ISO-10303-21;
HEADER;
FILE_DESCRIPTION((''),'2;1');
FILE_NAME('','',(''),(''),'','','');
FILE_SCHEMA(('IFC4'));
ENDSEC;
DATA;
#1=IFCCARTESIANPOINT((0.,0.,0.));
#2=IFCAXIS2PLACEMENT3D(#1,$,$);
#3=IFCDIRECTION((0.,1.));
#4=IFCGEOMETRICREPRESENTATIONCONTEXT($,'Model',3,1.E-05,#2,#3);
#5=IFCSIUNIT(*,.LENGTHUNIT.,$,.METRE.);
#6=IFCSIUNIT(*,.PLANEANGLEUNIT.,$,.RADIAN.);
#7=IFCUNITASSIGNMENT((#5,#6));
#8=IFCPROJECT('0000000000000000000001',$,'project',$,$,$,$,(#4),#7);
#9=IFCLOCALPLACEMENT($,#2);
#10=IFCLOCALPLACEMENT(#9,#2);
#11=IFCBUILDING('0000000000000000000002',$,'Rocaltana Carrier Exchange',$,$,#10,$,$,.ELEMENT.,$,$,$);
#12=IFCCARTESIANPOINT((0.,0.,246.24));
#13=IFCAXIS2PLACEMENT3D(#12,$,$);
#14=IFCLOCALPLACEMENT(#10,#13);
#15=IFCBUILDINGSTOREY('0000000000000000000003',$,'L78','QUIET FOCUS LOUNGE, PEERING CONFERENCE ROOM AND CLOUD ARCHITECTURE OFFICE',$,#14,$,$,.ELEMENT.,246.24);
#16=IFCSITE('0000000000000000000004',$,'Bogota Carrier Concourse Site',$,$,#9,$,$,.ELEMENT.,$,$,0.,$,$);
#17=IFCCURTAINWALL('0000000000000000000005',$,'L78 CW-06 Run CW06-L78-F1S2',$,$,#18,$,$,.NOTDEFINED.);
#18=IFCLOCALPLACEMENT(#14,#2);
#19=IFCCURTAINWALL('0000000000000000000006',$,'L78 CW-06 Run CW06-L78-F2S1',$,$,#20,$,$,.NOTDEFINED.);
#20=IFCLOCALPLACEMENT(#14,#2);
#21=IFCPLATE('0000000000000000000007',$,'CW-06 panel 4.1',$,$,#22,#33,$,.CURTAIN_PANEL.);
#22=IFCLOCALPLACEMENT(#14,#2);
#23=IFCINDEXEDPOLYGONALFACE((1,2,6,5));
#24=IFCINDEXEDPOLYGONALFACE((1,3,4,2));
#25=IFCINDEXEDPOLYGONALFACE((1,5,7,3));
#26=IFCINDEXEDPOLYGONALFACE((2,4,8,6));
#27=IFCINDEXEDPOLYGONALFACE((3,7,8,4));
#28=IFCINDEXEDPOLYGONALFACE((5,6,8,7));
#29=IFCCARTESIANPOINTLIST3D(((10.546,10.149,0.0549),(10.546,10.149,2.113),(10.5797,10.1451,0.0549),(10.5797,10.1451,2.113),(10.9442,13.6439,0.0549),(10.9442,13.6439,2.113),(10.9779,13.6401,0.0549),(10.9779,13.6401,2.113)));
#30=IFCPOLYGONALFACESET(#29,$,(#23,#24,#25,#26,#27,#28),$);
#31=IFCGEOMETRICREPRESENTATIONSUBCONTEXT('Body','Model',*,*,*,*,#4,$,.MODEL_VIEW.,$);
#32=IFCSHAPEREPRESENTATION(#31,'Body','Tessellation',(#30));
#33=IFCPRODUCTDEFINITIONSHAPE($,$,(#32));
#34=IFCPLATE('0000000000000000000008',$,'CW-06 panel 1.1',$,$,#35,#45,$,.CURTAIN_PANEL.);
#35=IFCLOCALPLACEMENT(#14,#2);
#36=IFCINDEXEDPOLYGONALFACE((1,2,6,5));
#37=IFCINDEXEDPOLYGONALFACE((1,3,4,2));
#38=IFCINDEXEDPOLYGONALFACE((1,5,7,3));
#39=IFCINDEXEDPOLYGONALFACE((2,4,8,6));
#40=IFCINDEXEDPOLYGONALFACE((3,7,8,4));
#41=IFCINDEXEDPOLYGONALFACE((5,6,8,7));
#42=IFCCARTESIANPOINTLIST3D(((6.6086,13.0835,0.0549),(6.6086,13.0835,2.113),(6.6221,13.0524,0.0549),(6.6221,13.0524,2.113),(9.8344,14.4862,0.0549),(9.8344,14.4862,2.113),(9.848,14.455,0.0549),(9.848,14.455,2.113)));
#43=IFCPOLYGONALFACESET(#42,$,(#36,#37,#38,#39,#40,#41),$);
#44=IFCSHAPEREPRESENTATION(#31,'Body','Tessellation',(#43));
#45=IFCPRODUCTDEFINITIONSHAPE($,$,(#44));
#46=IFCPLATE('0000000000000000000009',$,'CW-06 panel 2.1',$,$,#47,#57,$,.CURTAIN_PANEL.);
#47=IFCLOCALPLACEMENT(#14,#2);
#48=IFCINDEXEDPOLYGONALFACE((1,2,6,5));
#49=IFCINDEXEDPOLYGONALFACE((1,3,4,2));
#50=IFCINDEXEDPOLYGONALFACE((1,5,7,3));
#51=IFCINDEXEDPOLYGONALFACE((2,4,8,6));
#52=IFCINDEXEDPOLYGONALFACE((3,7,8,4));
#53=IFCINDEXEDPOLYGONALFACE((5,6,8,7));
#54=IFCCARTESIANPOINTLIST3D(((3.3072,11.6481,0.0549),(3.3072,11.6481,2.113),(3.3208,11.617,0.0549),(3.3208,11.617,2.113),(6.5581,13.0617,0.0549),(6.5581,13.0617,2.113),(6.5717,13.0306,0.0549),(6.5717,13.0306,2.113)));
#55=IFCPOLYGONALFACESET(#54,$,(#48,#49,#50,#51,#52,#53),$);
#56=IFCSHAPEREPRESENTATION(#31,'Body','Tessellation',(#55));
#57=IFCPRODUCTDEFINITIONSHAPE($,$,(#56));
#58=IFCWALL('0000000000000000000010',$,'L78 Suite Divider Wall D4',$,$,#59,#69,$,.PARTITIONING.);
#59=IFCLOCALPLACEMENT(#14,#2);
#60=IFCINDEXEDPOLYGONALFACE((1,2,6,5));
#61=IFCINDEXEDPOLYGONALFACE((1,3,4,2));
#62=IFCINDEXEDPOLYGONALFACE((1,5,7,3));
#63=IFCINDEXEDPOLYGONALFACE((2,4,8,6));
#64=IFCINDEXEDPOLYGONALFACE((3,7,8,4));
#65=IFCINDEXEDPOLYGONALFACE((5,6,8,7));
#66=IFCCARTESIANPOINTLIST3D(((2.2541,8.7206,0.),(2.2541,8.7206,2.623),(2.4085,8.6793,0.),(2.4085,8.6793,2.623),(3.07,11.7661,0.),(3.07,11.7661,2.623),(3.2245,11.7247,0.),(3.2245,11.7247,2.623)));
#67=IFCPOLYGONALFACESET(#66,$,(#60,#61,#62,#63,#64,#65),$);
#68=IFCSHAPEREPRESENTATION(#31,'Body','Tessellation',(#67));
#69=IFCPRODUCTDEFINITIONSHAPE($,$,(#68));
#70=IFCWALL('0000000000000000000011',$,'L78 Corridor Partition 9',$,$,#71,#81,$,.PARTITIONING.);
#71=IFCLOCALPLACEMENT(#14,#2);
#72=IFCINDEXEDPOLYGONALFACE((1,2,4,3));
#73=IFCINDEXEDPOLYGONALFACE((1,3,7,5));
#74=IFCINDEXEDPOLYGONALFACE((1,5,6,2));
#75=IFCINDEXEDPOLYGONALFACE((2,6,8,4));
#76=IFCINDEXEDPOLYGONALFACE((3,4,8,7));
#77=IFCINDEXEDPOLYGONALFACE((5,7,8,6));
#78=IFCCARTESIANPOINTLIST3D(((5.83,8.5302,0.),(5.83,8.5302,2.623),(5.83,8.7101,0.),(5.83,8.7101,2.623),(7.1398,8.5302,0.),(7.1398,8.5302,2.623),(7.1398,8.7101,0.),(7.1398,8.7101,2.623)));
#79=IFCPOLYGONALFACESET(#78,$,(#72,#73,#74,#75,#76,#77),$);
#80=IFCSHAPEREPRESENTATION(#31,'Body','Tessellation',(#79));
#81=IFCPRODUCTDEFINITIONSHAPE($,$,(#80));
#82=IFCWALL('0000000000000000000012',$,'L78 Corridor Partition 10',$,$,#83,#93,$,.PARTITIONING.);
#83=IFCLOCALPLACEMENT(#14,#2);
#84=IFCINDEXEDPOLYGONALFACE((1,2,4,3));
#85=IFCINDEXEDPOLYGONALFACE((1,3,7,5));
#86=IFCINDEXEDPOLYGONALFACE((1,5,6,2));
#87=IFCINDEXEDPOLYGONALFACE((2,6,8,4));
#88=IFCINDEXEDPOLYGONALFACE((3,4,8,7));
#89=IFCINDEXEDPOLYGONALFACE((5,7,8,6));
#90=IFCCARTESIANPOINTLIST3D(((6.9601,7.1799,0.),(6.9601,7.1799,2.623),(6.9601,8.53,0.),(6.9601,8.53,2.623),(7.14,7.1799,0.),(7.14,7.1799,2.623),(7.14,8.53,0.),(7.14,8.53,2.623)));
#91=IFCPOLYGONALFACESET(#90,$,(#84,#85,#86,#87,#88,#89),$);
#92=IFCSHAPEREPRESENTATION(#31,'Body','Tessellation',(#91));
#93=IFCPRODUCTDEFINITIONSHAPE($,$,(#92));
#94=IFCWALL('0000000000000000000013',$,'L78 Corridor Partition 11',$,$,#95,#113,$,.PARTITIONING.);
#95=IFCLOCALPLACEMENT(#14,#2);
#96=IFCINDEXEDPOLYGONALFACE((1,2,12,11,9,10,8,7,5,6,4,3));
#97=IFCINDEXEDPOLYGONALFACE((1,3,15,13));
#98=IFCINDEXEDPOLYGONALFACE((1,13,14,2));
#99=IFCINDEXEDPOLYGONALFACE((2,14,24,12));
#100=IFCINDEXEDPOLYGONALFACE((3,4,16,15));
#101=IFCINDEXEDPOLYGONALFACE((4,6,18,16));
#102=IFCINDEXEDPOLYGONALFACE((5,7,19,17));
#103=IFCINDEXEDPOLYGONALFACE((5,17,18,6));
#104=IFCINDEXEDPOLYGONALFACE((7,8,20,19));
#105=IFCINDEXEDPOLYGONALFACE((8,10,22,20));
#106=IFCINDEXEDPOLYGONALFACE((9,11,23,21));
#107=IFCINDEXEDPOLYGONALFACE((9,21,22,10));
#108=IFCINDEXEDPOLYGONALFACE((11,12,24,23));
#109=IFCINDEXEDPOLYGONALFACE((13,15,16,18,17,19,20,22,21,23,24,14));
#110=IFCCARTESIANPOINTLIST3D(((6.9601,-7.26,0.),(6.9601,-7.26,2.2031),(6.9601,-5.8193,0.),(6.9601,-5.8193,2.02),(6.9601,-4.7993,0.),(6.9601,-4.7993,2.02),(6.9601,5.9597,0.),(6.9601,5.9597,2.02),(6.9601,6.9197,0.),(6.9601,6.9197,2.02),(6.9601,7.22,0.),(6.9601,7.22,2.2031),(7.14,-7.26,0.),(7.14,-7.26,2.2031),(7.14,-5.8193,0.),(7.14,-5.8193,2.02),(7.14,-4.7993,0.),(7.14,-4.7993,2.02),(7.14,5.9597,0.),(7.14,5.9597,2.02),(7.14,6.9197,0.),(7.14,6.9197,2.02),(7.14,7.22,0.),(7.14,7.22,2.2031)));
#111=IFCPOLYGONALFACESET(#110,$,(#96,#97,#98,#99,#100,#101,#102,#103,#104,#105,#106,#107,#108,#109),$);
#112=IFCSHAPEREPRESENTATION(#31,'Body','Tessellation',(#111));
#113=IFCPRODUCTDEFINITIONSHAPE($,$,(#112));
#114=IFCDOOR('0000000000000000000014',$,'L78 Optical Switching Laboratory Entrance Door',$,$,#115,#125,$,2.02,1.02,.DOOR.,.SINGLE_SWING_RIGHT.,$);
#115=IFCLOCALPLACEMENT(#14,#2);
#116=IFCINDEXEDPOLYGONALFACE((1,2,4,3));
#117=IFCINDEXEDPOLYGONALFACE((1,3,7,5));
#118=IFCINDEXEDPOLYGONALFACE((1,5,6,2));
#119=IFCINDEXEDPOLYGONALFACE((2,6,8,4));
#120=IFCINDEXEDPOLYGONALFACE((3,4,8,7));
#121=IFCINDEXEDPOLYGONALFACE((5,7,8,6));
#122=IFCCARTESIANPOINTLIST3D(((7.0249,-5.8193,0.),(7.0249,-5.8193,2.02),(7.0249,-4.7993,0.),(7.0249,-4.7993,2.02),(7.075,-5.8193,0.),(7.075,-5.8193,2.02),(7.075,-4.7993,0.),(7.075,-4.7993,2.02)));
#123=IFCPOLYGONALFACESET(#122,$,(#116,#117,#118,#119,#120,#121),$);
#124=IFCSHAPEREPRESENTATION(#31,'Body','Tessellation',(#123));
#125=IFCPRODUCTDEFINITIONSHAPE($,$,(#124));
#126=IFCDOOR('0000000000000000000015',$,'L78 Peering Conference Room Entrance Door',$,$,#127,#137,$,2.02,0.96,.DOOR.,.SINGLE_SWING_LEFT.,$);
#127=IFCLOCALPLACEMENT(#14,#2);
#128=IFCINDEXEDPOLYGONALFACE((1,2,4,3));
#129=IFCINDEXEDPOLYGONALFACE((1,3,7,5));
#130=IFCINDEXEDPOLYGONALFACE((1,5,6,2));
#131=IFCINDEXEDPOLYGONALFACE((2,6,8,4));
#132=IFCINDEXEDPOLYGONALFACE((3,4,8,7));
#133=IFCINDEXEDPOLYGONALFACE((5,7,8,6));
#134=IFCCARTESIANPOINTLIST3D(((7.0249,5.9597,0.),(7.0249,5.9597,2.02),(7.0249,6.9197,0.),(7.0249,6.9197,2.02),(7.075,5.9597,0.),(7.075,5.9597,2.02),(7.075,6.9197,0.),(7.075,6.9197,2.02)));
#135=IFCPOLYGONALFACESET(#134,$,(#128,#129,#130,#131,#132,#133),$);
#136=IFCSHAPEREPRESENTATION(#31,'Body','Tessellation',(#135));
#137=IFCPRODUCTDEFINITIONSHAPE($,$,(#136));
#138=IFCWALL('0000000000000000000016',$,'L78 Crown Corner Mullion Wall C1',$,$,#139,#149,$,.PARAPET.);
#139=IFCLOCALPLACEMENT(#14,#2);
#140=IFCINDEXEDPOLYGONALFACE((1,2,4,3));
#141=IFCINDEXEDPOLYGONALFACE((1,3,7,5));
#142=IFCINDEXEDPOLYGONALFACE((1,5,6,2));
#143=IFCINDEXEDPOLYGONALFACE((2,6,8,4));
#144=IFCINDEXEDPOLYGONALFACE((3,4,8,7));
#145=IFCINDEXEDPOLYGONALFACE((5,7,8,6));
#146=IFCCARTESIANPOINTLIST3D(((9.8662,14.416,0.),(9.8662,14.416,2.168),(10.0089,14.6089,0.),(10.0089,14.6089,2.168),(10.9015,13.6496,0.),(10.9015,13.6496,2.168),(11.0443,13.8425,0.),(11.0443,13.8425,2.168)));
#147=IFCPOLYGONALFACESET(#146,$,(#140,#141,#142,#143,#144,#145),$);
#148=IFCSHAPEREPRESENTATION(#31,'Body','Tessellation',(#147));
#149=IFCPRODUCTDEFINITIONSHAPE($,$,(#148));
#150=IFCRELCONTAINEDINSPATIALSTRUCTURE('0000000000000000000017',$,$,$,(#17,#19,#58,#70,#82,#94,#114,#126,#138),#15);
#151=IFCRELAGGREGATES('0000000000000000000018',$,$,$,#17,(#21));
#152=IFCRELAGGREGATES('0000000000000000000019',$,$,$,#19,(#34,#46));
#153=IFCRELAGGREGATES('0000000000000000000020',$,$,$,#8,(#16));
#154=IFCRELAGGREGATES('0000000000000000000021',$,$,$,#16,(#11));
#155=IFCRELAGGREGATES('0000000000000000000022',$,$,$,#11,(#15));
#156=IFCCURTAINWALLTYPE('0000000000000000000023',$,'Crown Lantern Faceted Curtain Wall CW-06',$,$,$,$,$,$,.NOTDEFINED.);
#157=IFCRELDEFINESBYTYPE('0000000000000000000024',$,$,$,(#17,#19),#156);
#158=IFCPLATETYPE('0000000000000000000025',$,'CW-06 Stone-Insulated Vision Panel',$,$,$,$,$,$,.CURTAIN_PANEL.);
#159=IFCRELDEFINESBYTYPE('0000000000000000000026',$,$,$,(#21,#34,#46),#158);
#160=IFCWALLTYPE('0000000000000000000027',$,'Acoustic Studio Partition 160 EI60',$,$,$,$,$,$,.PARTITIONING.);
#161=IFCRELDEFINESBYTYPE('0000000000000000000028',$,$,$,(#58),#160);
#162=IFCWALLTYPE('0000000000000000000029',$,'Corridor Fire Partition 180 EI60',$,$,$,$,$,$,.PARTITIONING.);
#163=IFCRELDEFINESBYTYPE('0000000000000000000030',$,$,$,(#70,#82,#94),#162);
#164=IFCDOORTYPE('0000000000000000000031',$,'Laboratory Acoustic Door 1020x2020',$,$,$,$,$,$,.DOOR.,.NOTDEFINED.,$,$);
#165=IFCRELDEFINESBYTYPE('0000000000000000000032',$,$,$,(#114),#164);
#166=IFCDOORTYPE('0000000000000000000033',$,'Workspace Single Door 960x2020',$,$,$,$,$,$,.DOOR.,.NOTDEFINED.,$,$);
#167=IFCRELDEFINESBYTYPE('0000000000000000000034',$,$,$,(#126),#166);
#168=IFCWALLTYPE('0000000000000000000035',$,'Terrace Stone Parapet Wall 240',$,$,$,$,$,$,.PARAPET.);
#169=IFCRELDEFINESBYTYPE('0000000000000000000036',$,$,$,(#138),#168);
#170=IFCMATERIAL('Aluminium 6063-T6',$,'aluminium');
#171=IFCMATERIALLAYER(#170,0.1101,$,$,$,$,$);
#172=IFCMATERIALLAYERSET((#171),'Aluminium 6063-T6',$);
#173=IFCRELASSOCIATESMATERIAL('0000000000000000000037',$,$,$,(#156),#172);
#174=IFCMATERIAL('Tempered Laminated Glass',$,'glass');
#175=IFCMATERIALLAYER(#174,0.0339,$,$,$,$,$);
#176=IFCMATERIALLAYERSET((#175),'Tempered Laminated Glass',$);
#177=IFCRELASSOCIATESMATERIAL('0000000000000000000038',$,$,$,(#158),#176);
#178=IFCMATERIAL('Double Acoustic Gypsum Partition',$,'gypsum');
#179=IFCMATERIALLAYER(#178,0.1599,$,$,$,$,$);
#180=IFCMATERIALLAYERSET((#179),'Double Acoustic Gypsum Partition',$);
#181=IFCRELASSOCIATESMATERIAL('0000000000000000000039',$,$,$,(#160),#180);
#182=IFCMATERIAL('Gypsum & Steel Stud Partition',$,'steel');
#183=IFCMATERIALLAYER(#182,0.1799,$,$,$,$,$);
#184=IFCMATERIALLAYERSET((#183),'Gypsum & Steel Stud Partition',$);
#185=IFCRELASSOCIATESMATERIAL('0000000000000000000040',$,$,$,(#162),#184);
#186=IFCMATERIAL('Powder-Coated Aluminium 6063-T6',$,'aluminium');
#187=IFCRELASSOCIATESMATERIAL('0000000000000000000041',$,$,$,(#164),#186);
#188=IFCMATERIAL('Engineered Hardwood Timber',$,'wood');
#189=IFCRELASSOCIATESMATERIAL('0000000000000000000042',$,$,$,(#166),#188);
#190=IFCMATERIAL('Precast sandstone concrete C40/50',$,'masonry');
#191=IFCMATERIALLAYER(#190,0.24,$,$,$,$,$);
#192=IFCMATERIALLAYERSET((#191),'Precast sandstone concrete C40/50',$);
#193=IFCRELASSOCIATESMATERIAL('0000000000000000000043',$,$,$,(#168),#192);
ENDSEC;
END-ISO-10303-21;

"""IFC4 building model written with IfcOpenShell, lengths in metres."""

from ifc_helpers import new_model, si_unit, direction, frame, frame_2d, origin, origin_2d, place, context, subcontext, project, spatial, rectangle, extrude, material, layer, layer_set, type_object, element, fill, aggregate, save


model = new_model("IFC4")

# Units and contexts
model_context = context("Model", 3, precision=1e-05, world=origin(), true_north=direction((0.0, 1.0)))
body_context = subcontext(model_context, "Body", "Model", "MODEL_VIEW")
ifc_project = project(units=[si_unit("LENGTHUNIT", "METRE"), si_unit("PLANEANGLEUNIT", "RADIAN")], contexts=[model_context])

# Site, building, storey
site_placement = place(None, origin())
site = spatial("IfcSite", under=ifc_project, at=site_placement, Name="Bogota Carrier Concourse Site", CompositionType="ELEMENT", RefElevation=0.0)
building_placement = place(site_placement, origin())
building = spatial("IfcBuilding", under=site, at=building_placement, Name="Rocaltana Carrier Exchange", CompositionType="ELEMENT")
storey_placement = place(building_placement, frame((0.0, 0.0, 246.24)))
storey = spatial("IfcBuildingStorey", under=building, at=storey_placement, Name="L78", Description="QUIET FOCUS LOUNGE, PEERING CONFERENCE ROOM AND CLOUD ARCHITECTURE OFFICE", CompositionType="ELEMENT", Elevation=246.24)

# Curtain walls
ifc_material_1 = material(Name="Aluminium 6063-T6", Category="aluminium")
ifc_layer_1 = layer(ifc_material_1, 0.1101)
ifc_layer_set_1 = layer_set([ifc_layer_1], Name="Aluminium 6063-T6")
curtain_wall_type = type_object("IfcCurtainWallType", Name="Crown Lantern Faceted Curtain Wall CW-06", PredefinedType="NOTDEFINED", material=ifc_layer_set_1)
curtain_wall_1_placement = place(storey_placement, origin())
curtain_wall_1 = element("IfcCurtainWall", 1, at=curtain_wall_1_placement, inside=storey, type_object=curtain_wall_type, Name="L78 CW-06 Run CW06-L78-F1S2", PredefinedType="NOTDEFINED")
curtain_wall_2_placement = place(storey_placement, origin())
curtain_wall_2 = element("IfcCurtainWall", 2, at=curtain_wall_2_placement, inside=storey, type_object=curtain_wall_type, Name="L78 CW-06 Run CW06-L78-F2S1", PredefinedType="NOTDEFINED")

# Plates
ifc_material_2 = material(Name="Tempered Laminated Glass", Category="glass")
ifc_layer_2 = layer(ifc_material_2, 0.0339)
ifc_layer_set_2 = layer_set([ifc_layer_2], Name="Tempered Laminated Glass")
plate_type = type_object("IfcPlateType", Name="CW-06 Stone-Insulated Vision Panel", PredefinedType="CURTAIN_PANEL", material=ifc_layer_set_2)
plate_1_placement = place(storey_placement, frame((10.762, 11.8945, 0.0549), z_axis=(0.0, 0.0, 1.0), x_axis=(0.113209, 0.993571, 0.0)))
plate_1 = element("IfcPlate", 3, at=plate_1_placement, type_object=plate_type, Name="CW-06 panel 4.1", PredefinedType="CURTAIN_PANEL", context=body_context, shape_type="SweptSolid", body=[
    extrude(rectangle(XDim=3.5176, YDim=0.0339, at=origin_2d()), origin(), (0.0, 0.0, 1.0), 2.0581),
])
aggregate(curtain_wall_1, [plate_1])
plate_2_placement = place(storey_placement, frame((8.2283, 13.7693, 0.0549), z_axis=(0.0, 0.0, 1.0), x_axis=(-0.917059, -0.398752, 0.0)))
plate_2 = element("IfcPlate", 4, at=plate_2_placement, type_object=plate_type, Name="CW-06 panel 1.1", PredefinedType="CURTAIN_PANEL", context=body_context, shape_type="SweptSolid", body=[
    extrude(rectangle(XDim=3.5176, YDim=0.0339, at=origin_2d()), origin(), (0.0, 0.0, 1.0), 2.0581),
])
plate_3_placement = place(storey_placement, frame((4.9395, 12.3394, 0.0549), z_axis=(0.0, 0.0, 1.0), x_axis=(-0.917059, -0.398752, 0.0)))
plate_3 = element("IfcPlate", 5, at=plate_3_placement, type_object=plate_type, Name="CW-06 panel 2.1", PredefinedType="CURTAIN_PANEL", context=body_context, shape_type="SweptSolid", body=[
    extrude(rectangle(XDim=3.5449, YDim=0.0339, at=origin_2d()), origin(), (0.0, 0.0, 1.0), 2.0581),
])
aggregate(curtain_wall_2, [plate_2, plate_3])

# Walls
ifc_material_3 = material(Name="Double Acoustic Gypsum Partition", Category="gypsum")
ifc_layer_3 = layer(ifc_material_3, 0.1599)
ifc_layer_set_3 = layer_set([ifc_layer_3], Name="Double Acoustic Gypsum Partition")
wall_type_1 = type_object("IfcWallType", Name="Acoustic Studio Partition 160 EI60", PredefinedType="PARTITIONING", material=ifc_layer_set_3)
wall_1_placement = place(storey_placement, frame((2.3313, 8.7, 0.0), z_axis=(0.0, 0.0, 1.0), x_axis=(0.25879, 0.965934, 0.0)))
element("IfcWall", 6, at=wall_1_placement, inside=storey, type_object=wall_type_1, Name="L78 Suite Divider Wall D4", PredefinedType="PARTITIONING", context=body_context, shape_type="SweptSolid", body=[
    extrude(rectangle(XDim=3.1528, YDim=0.1599, at=frame_2d((1.5764, 0.0))), origin(), (0.0, 0.0, 1.0), 2.623),
])
ifc_material_4 = material(Name="Gypsum & Steel Stud Partition", Category="steel")
ifc_layer_4 = layer(ifc_material_4, 0.1799)
ifc_layer_set_4 = layer_set([ifc_layer_4], Name="Gypsum & Steel Stud Partition")
wall_type_2 = type_object("IfcWallType", Name="Corridor Fire Partition 180 EI60", PredefinedType="PARTITIONING", material=ifc_layer_set_4)
wall_2_placement = place(storey_placement, frame((5.8301, 8.6201, 0.0), z_axis=(0.0, 0.0, 1.0), x_axis=(1.0, 0.0, 0.0)))
element("IfcWall", 7, at=wall_2_placement, inside=storey, type_object=wall_type_2, Name="L78 Corridor Partition 9", PredefinedType="PARTITIONING", context=body_context, shape_type="SweptSolid", body=[
    extrude(rectangle(XDim=1.3098, YDim=0.1799, at=frame_2d((0.6548, 0.0))), origin(), (0.0, 0.0, 1.0), 2.623),
])
wall_3_placement = place(storey_placement, frame((7.05, 8.53, 0.0), z_axis=(0.0, 0.0, 1.0), x_axis=(0.0, -1.0, 0.0)))
element("IfcWall", 8, at=wall_3_placement, inside=storey, type_object=wall_type_2, Name="L78 Corridor Partition 10", PredefinedType="PARTITIONING", context=body_context, shape_type="SweptSolid", body=[
    extrude(rectangle(XDim=1.3501, YDim=0.1799, at=frame_2d((0.675, 0.0))), origin(), (0.0, 0.0, 1.0), 2.623),
])

# Wall, openings, doors
wall_4_placement = place(storey_placement, frame((7.05, 7.22, 0.0), z_axis=(0.0, 0.0, 1.0), x_axis=(0.0, -1.0, 0.0)))
wall_4 = element("IfcWall", 9, at=wall_4_placement, inside=storey, type_object=wall_type_2, Name="L78 Corridor Partition 11", PredefinedType="PARTITIONING", context=body_context, shape_type="SweptSolid", body=[
    extrude(rectangle(XDim=14.48, YDim=0.1799, at=frame_2d((7.24, 0.0))), origin(), (0.0, 0.0, 1.0), 2.2031),
])
opening_1_placement = place(wall_4_placement, frame((12.0193, 0.0, 0.0)))
opening_1 = element("IfcOpeningElement", 10, at=opening_1_placement, cuts=wall_4, PredefinedType="OPENING", context=body_context, shape_type="SweptSolid", body=[
    extrude(rectangle(XDim=1.02, YDim=2.02, at=frame_2d((0.51, 1.01))), frame((0.0, 0.0999, 0.0), z_axis=(0.0, -1.0, 0.0), x_axis=(1.0, 0.0, 0.0)), (0.0, 0.0, 1.0), 0.2),
])
opening_2_placement = place(wall_4_placement, frame((0.3003, 0.0, 0.0)))
opening_2 = element("IfcOpeningElement", 11, at=opening_2_placement, cuts=wall_4, PredefinedType="OPENING", context=body_context, shape_type="SweptSolid", body=[
    extrude(rectangle(XDim=0.96, YDim=2.02, at=frame_2d((0.48, 1.01))), frame((0.0, 0.0999, 0.0), z_axis=(0.0, -1.0, 0.0), x_axis=(1.0, 0.0, 0.0)), (0.0, 0.0, 1.0), 0.2),
])
ifc_material_5 = material(Name="Powder-Coated Aluminium 6063-T6", Category="aluminium")
door_type_1 = type_object("IfcDoorType", Name="Laboratory Acoustic Door 1020x2020", OperationType="NOTDEFINED", PredefinedType="DOOR", material=ifc_material_5)
door_1_placement = place(opening_1_placement, origin())
door_1 = element("IfcDoor", 12, at=door_1_placement, inside=storey, type_object=door_type_1, Name="L78 Optical Switching Laboratory Entrance Door", OperationType="SINGLE_SWING_RIGHT", OverallHeight=2.02, OverallWidth=1.02, PredefinedType="DOOR", context=body_context, shape_type="SweptSolid", body=[
    extrude(rectangle(XDim=1.02, YDim=2.02, at=frame_2d((0.51, 1.01))), frame((0.0, 0.0249, 0.0), z_axis=(0.0, -1.0, 0.0), x_axis=(1.0, 0.0, 0.0)), (0.0, 0.0, 1.0), 0.05),
])
fill(opening_1, door_1)
ifc_material_6 = material(Name="Engineered Hardwood Timber", Category="wood")
door_type_2 = type_object("IfcDoorType", Name="Workspace Single Door 960x2020", OperationType="NOTDEFINED", PredefinedType="DOOR", material=ifc_material_6)
door_2_placement = place(opening_2_placement, origin())
door_2 = element("IfcDoor", 13, at=door_2_placement, inside=storey, type_object=door_type_2, Name="L78 Peering Conference Room Entrance Door", OperationType="SINGLE_SWING_LEFT", OverallHeight=2.02, OverallWidth=0.96, PredefinedType="DOOR", context=body_context, shape_type="SweptSolid", body=[
    extrude(rectangle(XDim=0.96, YDim=2.02, at=frame_2d((0.48, 1.01))), frame((0.0, 0.0249, 0.0), z_axis=(0.0, -1.0, 0.0), x_axis=(1.0, 0.0, 0.0)), (0.0, 0.0, 1.0), 0.05),
])
fill(opening_2, door_2)

# Wall
ifc_material_7 = material(Name="Precast sandstone concrete C40/50", Category="masonry")
ifc_layer_5 = layer(ifc_material_7, 0.24)
ifc_layer_set_5 = layer_set([ifc_layer_5], Name="Precast sandstone concrete C40/50")
wall_type_3 = type_object("IfcWallType", Name="Terrace Stone Parapet Wall 240", PredefinedType="PARAPET", material=ifc_layer_set_5)
wall_5_placement = place(storey_placement, frame((10.9729, 13.7461, 0.0), z_axis=(0.0, 0.0, 1.0), x_axis=(-0.803782, 0.594924, 0.0)))
element("IfcWall", 14, at=wall_5_placement, inside=storey, type_object=wall_type_3, Name="L78 Crown Corner Mullion Wall C1", PredefinedType="PARAPET", context=body_context, shape_type="SweptSolid", body=[
    extrude(rectangle(XDim=1.2881, YDim=0.24, at=frame_2d((0.644, 0.0))), origin(), (0.0, 0.0, 1.0), 2.168),
])

save(model, "model.ifc")
